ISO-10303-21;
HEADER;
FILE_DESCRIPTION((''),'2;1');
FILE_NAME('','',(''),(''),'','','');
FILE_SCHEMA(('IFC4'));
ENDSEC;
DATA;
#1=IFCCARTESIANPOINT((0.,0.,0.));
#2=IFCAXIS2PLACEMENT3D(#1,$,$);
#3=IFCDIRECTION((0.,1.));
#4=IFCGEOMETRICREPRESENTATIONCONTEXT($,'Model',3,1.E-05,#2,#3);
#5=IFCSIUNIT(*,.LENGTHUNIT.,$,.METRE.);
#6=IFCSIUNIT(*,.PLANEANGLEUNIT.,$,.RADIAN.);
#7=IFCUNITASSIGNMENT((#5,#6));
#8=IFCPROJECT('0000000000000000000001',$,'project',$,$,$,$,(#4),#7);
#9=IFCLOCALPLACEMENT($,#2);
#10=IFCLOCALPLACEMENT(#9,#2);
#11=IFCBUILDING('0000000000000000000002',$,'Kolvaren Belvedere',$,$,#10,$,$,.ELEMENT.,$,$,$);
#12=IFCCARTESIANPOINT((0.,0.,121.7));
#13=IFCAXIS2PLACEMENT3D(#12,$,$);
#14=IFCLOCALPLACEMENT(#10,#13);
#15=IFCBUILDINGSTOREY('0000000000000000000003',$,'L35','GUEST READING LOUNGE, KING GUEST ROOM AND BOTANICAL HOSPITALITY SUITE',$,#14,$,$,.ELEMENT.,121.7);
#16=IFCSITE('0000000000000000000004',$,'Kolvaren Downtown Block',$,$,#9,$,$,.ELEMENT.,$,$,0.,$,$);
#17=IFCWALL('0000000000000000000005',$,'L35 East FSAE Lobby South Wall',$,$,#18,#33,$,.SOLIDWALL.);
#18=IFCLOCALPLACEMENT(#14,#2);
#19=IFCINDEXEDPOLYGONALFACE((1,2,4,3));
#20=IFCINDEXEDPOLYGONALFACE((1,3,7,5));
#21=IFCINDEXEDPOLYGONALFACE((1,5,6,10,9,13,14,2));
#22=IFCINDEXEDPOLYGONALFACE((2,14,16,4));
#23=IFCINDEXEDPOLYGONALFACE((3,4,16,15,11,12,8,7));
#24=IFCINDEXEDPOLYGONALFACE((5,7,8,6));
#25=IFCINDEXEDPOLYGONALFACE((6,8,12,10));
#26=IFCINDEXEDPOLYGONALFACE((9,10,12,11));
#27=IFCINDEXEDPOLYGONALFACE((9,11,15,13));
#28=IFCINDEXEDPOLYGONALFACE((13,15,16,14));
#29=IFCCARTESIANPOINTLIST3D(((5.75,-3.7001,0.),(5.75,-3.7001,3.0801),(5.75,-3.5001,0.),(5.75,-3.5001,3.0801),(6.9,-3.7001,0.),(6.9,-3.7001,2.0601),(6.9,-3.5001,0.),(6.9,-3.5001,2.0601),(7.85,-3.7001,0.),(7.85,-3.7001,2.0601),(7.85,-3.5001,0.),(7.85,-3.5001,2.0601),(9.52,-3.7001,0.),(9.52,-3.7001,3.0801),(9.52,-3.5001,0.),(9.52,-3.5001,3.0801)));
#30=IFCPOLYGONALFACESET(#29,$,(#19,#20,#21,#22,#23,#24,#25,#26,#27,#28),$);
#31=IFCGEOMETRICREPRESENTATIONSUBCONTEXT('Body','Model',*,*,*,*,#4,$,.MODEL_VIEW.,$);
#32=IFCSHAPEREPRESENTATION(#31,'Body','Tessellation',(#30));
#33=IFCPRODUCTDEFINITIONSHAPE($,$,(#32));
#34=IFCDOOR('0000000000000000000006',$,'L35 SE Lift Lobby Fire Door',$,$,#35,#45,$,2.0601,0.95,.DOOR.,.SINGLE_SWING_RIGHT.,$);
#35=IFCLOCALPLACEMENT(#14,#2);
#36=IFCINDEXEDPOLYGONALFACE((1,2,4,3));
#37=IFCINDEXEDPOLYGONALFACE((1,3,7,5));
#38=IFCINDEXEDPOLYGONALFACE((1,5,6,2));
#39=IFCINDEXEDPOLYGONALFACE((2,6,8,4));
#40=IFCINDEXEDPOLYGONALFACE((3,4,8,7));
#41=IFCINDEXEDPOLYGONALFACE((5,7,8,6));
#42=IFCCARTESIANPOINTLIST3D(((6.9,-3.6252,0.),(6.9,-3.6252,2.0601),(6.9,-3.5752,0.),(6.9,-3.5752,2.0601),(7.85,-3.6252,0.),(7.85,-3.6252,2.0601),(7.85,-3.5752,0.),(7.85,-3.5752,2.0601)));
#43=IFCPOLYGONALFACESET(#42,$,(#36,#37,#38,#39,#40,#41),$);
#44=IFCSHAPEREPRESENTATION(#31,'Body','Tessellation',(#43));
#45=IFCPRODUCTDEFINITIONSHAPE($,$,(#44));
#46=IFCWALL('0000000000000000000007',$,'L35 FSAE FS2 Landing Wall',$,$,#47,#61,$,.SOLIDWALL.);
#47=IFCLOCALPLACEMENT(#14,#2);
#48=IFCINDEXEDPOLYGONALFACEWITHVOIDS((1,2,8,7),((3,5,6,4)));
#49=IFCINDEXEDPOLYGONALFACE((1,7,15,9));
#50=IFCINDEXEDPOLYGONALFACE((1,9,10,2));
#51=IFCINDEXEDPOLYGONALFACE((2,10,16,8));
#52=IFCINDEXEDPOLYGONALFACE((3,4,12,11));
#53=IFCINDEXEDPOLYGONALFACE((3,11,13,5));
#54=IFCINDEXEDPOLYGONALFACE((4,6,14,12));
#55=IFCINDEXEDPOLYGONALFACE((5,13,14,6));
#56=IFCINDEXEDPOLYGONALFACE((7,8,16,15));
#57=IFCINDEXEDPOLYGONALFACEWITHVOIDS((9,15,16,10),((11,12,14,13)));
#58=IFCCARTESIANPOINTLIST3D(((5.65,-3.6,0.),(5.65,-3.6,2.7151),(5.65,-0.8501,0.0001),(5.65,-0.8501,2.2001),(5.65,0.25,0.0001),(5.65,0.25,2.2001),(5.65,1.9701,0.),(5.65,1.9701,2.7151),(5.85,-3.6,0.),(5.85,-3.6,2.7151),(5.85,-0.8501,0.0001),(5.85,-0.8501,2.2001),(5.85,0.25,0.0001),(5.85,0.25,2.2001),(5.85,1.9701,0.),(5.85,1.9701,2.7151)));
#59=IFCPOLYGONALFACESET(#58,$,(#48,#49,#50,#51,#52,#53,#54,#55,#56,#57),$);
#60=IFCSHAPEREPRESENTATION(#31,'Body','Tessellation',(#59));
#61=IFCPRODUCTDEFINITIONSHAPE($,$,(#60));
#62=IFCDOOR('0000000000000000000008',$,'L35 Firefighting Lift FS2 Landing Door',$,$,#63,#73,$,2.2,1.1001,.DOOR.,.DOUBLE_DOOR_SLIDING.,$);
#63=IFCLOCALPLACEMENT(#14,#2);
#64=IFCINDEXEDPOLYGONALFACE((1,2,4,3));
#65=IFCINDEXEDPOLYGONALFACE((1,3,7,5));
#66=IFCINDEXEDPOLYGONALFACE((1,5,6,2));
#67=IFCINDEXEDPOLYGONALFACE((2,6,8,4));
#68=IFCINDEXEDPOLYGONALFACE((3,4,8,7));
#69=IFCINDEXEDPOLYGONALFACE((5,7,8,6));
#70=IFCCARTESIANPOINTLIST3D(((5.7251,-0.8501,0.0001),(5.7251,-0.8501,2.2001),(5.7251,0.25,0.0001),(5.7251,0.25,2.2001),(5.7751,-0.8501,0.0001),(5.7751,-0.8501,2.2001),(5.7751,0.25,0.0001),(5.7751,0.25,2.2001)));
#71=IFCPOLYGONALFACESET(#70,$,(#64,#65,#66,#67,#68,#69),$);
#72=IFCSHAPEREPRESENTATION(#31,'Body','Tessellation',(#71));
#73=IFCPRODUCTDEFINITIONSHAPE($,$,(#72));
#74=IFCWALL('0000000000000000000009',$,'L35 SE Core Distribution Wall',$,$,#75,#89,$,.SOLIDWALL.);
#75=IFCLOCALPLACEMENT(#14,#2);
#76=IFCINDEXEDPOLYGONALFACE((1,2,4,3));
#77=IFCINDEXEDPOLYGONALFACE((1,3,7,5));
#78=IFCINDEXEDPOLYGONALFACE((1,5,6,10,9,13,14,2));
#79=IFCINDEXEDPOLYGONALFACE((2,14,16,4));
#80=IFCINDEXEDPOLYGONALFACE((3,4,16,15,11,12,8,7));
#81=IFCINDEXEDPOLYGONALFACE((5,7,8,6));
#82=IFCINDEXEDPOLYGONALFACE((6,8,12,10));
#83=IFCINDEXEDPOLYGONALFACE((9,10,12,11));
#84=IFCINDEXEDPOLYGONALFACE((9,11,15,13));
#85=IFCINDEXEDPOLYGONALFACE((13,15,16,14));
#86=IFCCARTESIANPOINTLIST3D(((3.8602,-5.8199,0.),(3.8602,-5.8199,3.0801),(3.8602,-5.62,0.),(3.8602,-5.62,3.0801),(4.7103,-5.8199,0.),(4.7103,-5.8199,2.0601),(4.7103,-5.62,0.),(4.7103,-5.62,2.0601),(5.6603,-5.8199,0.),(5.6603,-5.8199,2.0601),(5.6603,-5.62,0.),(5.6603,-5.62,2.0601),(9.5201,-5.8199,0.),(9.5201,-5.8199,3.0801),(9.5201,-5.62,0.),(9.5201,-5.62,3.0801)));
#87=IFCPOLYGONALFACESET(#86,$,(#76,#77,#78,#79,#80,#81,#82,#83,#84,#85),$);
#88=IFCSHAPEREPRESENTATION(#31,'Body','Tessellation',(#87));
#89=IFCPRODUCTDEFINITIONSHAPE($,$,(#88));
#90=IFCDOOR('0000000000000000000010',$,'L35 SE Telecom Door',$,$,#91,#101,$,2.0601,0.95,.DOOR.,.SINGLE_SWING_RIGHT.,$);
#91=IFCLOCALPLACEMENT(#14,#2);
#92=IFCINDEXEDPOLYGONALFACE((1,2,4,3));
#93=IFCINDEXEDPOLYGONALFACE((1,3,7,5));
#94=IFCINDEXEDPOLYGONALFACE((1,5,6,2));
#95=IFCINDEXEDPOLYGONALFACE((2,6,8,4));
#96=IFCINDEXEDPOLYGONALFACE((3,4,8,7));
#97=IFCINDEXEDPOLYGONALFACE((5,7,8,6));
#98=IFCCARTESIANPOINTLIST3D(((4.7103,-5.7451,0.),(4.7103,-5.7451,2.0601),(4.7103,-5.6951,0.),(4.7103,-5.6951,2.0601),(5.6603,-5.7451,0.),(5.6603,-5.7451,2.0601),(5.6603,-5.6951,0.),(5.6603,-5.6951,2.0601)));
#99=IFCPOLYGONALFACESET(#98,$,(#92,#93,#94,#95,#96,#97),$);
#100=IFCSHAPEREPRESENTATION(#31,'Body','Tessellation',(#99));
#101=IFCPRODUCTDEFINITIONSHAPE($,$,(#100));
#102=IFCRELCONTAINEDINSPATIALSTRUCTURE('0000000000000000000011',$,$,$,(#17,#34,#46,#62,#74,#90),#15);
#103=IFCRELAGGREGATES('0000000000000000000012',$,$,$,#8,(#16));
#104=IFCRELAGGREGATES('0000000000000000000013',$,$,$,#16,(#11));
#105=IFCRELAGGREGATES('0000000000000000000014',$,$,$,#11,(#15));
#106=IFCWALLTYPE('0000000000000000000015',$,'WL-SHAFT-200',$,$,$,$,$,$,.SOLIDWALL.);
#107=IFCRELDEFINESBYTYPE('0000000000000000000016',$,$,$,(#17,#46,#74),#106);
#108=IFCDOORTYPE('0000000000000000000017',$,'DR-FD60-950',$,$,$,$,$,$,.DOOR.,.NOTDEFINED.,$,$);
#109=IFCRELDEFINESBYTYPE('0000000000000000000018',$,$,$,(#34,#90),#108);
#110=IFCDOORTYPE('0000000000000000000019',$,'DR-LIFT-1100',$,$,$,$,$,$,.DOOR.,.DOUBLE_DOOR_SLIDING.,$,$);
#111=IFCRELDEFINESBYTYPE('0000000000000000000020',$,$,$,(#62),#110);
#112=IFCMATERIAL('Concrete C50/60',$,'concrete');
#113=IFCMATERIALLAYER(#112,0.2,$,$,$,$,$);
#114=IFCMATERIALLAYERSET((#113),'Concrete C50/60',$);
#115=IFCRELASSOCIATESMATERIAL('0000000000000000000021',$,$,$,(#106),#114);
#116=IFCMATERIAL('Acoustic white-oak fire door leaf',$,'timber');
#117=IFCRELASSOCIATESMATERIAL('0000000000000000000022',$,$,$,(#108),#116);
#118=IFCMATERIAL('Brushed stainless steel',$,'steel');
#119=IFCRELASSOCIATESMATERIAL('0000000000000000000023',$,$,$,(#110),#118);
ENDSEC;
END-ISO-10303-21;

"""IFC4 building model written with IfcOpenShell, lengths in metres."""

from ifc_helpers import new_model, si_unit, direction, frame, frame_2d, origin, place, context, subcontext, project, spatial, rectangle, extrude, material, layer, layer_set, type_object, element, fill, save


model = new_model("IFC4")

# Units and contexts
model_context = context("Model", 3, precision=1e-05, world=origin(), true_north=direction((0.0, 1.0)))
body_context = subcontext(model_context, "Body", "Model", "MODEL_VIEW")
ifc_project = project(units=[si_unit("LENGTHUNIT", "METRE"), si_unit("PLANEANGLEUNIT", "RADIAN")], contexts=[model_context])

# Site, building, storey
site_placement = place(None, origin())
site = spatial("IfcSite", under=ifc_project, at=site_placement, Name="Kolvaren Downtown Block", CompositionType="ELEMENT", RefElevation=0.0)
building_placement = place(site_placement, origin())
building = spatial("IfcBuilding", under=site, at=building_placement, Name="Kolvaren Belvedere", CompositionType="ELEMENT")
storey_placement = place(building_placement, frame((0.0, 0.0, 121.7)))
storey = spatial("IfcBuildingStorey", under=building, at=storey_placement, Name="L35", Description="GUEST READING LOUNGE, KING GUEST ROOM AND BOTANICAL HOSPITALITY SUITE", CompositionType="ELEMENT", Elevation=121.7)

# Walls, openings, doors
ifc_material_1 = material(Name="Concrete C50/60", Category="concrete")
ifc_layer_1 = layer(ifc_material_1, 0.2)
ifc_layer_set_1 = layer_set([ifc_layer_1], Name="Concrete C50/60")
wall_type_1 = type_object("IfcWallType", Name="WL-SHAFT-200", PredefinedType="SOLIDWALL", material=ifc_layer_set_1)
wall_1_placement = place(storey_placement, frame((5.75, -3.6001, 0.0), z_axis=(0.0, 0.0, 1.0), x_axis=(1.0, 0.0, 0.0)))
wall_1 = element("IfcWall", 1, at=wall_1_placement, inside=storey, type_object=wall_type_1, Name="L35 East FSAE Lobby South Wall", PredefinedType="SOLIDWALL", context=body_context, shape_type="SweptSolid", body=[
    extrude(rectangle(XDim=3.77, YDim=0.2, at=frame_2d((1.885, 0.0))), origin(), (0.0, 0.0, 1.0), 3.0801),
])
opening_1_placement = place(wall_1_placement, frame((1.1499, 0.0, 0.0)))
opening_1 = element("IfcOpeningElement", 2, at=opening_1_placement, cuts=wall_1, PredefinedType="OPENING", context=body_context, shape_type="SweptSolid", body=[
    extrude(rectangle(XDim=0.95, YDim=2.0601, at=frame_2d((0.4751, 1.03))), frame((0.0, 0.1099, 0.0), z_axis=(0.0, -1.0, 0.0), x_axis=(1.0, 0.0, 0.0)), (0.0, 0.0, 1.0), 0.22),
])
ifc_material_2 = material(Name="Acoustic white-oak fire door leaf", Category="timber")
door_type_1 = type_object("IfcDoorType", Name="DR-FD60-950", OperationType="NOTDEFINED", PredefinedType="DOOR", material=ifc_material_2)
door_1_placement = place(opening_1_placement, origin())
door_1 = element("IfcDoor", 3, at=door_1_placement, inside=storey, type_object=door_type_1, Name="L35 SE Lift Lobby Fire Door", OperationType="SINGLE_SWING_RIGHT", OverallHeight=2.0601, OverallWidth=0.95, PredefinedType="DOOR", context=body_context, shape_type="SweptSolid", body=[
    extrude(rectangle(XDim=0.95, YDim=2.0601, at=frame_2d((0.4751, 1.03))), frame((0.0, 0.0249, 0.0), z_axis=(0.0, -1.0, 0.0), x_axis=(1.0, 0.0, 0.0)), (0.0, 0.0, 1.0), 0.05),
])
fill(opening_1, door_1)
wall_2_placement = place(storey_placement, frame((5.75, -3.6001, 0.0), z_axis=(0.0, 0.0, 1.0), x_axis=(0.0, 1.0, 0.0)))
wall_2 = element("IfcWall", 4, at=wall_2_placement, inside=storey, type_object=wall_type_1, Name="L35 FSAE FS2 Landing Wall", PredefinedType="SOLIDWALL", context=body_context, shape_type="SweptSolid", body=[
    extrude(rectangle(XDim=5.5701, YDim=0.2, at=frame_2d((2.7852, 0.0))), origin(), (0.0, 0.0, 1.0), 2.7151),
])
opening_2_placement = place(wall_2_placement, frame((2.75, 0.0, 0.0)))
opening_2 = element("IfcOpeningElement", 5, at=opening_2_placement, cuts=wall_2, PredefinedType="OPENING", context=body_context, shape_type="SweptSolid", body=[
    extrude(rectangle(XDim=1.1001, YDim=2.2, at=frame_2d((0.55, 1.1001))), frame((0.0, 0.1099, 0.0), z_axis=(0.0, -1.0, 0.0), x_axis=(1.0, 0.0, 0.0)), (0.0, 0.0, 1.0), 0.22),
])
ifc_material_3 = material(Name="Brushed stainless steel", Category="steel")
door_type_2 = type_object("IfcDoorType", Name="DR-LIFT-1100", OperationType="DOUBLE_DOOR_SLIDING", PredefinedType="DOOR", material=ifc_material_3)
door_2_placement = place(opening_2_placement, origin())
door_2 = element("IfcDoor", 6, at=door_2_placement, inside=storey, type_object=door_type_2, Name="L35 Firefighting Lift FS2 Landing Door", OperationType="DOUBLE_DOOR_SLIDING", OverallHeight=2.2, OverallWidth=1.1001, PredefinedType="DOOR", context=body_context, shape_type="SweptSolid", body=[
    extrude(rectangle(XDim=1.1001, YDim=2.2, at=frame_2d((0.55, 1.1001))), frame((0.0, 0.0249, 0.0), z_axis=(0.0, -1.0, 0.0), x_axis=(1.0, 0.0, 0.0)), (0.0, 0.0, 1.0), 0.05),
])
fill(opening_2, door_2)
wall_3_placement = place(storey_placement, frame((3.8601, -5.72, 0.0), z_axis=(0.0, 0.0, 1.0), x_axis=(1.0, 0.0, 0.0)))
wall_3 = element("IfcWall", 7, at=wall_3_placement, inside=storey, type_object=wall_type_1, Name="L35 SE Core Distribution Wall", PredefinedType="SOLIDWALL", context=body_context, shape_type="SweptSolid", body=[
    extrude(rectangle(XDim=5.6599, YDim=0.2, at=frame_2d((2.8301, 0.0))), origin(), (0.0, 0.0, 1.0), 3.0801),
])
opening_3_placement = place(wall_3_placement, frame((0.8501, 0.0, 0.0)))
opening_3 = element("IfcOpeningElement", 8, at=opening_3_placement, cuts=wall_3, PredefinedType="OPENING", context=body_context, shape_type="SweptSolid", body=[
    extrude(rectangle(XDim=0.95, YDim=2.0601, at=frame_2d((0.4751, 1.03))), frame((0.0, 0.1099, 0.0), z_axis=(0.0, -1.0, 0.0), x_axis=(1.0, 0.0, 0.0)), (0.0, 0.0, 1.0), 0.22),
])
door_3_placement = place(opening_3_placement, origin())
door_3 = element("IfcDoor", 9, at=door_3_placement, inside=storey, type_object=door_type_1, Name="L35 SE Telecom Door", OperationType="SINGLE_SWING_RIGHT", OverallHeight=2.0601, OverallWidth=0.95, PredefinedType="DOOR", context=body_context, shape_type="SweptSolid", body=[
    extrude(rectangle(XDim=0.95, YDim=2.0601, at=frame_2d((0.4751, 1.03))), frame((0.0, 0.0249, 0.0), z_axis=(0.0, -1.0, 0.0), x_axis=(1.0, 0.0, 0.0)), (0.0, 0.0, 1.0), 0.05),
])
fill(opening_3, door_3)

save(model, "model.ifc")
